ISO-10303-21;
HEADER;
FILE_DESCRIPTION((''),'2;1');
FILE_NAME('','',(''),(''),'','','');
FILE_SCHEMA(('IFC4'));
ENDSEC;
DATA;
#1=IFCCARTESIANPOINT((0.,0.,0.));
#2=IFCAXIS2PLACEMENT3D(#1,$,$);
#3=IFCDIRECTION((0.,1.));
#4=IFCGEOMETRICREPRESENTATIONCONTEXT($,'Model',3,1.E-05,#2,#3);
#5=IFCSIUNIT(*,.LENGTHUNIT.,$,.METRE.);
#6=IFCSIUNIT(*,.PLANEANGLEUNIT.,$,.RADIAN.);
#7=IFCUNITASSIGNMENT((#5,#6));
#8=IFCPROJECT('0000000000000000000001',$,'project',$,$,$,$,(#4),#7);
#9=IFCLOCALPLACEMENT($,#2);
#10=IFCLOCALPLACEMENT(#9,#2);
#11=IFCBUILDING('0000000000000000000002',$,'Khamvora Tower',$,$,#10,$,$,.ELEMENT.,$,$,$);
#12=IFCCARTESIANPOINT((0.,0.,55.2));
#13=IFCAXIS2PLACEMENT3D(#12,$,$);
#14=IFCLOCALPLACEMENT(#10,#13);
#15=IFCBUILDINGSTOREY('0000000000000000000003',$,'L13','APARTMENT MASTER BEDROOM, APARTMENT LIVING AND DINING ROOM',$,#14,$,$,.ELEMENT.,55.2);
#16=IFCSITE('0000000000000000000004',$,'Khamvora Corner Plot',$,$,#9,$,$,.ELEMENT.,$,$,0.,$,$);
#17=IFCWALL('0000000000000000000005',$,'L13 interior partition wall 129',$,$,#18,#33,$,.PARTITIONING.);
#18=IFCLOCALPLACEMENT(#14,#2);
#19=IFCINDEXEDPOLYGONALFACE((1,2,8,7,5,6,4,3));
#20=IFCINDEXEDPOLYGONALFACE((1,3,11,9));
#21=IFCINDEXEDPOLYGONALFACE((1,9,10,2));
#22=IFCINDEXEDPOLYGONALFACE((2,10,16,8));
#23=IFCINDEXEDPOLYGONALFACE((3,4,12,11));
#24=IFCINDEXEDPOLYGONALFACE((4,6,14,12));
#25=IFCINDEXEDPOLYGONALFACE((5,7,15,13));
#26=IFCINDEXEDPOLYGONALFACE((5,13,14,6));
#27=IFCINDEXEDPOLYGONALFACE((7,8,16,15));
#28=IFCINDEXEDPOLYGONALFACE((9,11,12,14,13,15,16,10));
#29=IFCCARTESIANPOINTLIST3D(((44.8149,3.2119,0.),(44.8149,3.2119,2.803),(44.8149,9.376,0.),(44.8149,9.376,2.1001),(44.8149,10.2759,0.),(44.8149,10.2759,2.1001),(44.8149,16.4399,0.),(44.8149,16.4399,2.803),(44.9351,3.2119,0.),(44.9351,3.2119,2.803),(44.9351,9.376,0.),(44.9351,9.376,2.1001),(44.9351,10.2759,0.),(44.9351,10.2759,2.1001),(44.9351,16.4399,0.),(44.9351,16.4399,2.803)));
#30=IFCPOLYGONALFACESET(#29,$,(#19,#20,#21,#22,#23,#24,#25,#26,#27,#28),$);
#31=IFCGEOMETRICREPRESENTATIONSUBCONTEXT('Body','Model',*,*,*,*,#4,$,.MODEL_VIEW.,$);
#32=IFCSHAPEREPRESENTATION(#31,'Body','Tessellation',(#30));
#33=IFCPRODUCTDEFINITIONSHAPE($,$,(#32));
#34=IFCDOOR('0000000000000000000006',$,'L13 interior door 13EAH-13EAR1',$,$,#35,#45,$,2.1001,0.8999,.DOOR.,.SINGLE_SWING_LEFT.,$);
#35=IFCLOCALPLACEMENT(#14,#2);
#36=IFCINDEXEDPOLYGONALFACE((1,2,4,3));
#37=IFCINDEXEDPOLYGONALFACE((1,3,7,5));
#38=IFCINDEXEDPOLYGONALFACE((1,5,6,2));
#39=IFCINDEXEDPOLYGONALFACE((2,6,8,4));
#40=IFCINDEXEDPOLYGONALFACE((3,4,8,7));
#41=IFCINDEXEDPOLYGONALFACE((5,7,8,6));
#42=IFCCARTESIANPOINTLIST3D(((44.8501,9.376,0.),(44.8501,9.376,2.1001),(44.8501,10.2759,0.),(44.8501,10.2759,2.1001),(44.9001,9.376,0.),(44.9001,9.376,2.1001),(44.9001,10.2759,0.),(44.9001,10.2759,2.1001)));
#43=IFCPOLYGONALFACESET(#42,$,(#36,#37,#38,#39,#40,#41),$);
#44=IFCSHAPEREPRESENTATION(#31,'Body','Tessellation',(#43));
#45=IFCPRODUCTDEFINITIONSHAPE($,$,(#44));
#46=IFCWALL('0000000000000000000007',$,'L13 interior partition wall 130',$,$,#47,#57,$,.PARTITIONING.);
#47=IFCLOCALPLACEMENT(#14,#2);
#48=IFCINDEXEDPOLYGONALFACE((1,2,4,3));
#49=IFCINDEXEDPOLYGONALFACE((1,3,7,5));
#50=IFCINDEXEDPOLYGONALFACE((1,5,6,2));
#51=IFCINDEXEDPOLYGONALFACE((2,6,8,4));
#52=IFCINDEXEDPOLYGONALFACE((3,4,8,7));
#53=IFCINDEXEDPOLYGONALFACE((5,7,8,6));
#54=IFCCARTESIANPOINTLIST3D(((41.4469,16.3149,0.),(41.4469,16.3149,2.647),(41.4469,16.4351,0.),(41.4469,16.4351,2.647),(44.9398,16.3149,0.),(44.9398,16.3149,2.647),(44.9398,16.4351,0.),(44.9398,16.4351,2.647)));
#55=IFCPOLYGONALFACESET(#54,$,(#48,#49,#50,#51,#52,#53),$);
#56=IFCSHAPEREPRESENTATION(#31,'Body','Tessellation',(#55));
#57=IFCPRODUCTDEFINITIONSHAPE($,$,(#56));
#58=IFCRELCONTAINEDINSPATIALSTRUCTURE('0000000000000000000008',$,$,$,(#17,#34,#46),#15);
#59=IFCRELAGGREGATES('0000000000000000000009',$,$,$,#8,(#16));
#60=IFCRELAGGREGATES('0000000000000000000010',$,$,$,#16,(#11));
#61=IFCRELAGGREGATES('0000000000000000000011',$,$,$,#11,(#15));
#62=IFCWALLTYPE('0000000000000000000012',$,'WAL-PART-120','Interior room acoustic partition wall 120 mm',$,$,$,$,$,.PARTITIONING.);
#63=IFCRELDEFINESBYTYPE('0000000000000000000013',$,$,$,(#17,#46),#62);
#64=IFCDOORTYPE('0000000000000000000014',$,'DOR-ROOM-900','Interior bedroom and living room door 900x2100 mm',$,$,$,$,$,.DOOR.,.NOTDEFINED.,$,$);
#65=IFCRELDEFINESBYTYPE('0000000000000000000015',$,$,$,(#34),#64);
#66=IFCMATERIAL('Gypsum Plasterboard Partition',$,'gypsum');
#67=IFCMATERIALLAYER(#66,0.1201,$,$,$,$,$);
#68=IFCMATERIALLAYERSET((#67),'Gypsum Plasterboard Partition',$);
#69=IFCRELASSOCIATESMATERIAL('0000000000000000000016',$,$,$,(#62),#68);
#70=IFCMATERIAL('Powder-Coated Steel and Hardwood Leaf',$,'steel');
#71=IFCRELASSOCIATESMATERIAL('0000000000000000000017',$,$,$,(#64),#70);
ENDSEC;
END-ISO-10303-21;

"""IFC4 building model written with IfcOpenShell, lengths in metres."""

from ifc_helpers import new_model, si_unit, direction, frame, frame_2d, origin, place, context, subcontext, project, spatial, rectangle, extrude, material, layer, layer_set, type_object, element, fill, save


model = new_model("IFC4")

# Units and contexts
model_context = context("Model", 3, precision=1e-05, world=origin(), true_north=direction((0.0, 1.0)))
body_context = subcontext(model_context, "Body", "Model", "MODEL_VIEW")
ifc_project = project(units=[si_unit("LENGTHUNIT", "METRE"), si_unit("PLANEANGLEUNIT", "RADIAN")], contexts=[model_context])

# Site, building, storey
site_placement = place(None, origin())
site = spatial("IfcSite", under=ifc_project, at=site_placement, Name="Khamvora Corner Plot", CompositionType="ELEMENT", RefElevation=0.0)
building_placement = place(site_placement, origin())
building = spatial("IfcBuilding", under=site, at=building_placement, Name="Khamvora Tower", CompositionType="ELEMENT")
storey_placement = place(building_placement, frame((0.0, 0.0, 55.2)))
storey = spatial("IfcBuildingStorey", under=building, at=storey_placement, Name="L13", Description="APARTMENT MASTER BEDROOM, APARTMENT LIVING AND DINING ROOM", CompositionType="ELEMENT", Elevation=55.2)

# Wall, opening, door
ifc_material_1 = material(Name="Gypsum Plasterboard Partition", Category="gypsum")
ifc_layer_1 = layer(ifc_material_1, 0.1201)
ifc_layer_set_1 = layer_set([ifc_layer_1], Name="Gypsum Plasterboard Partition")
wall_type_1 = type_object("IfcWallType", Name="WAL-PART-120", Description="Interior room acoustic partition wall 120 mm", PredefinedType="PARTITIONING", material=ifc_layer_set_1)
wall_1_placement = place(storey_placement, frame((44.875, 3.2119, 0.0), z_axis=(0.0, 0.0, 1.0), x_axis=(0.0, 1.0, 0.0)))
wall_1 = element("IfcWall", 1, at=wall_1_placement, inside=storey, type_object=wall_type_1, Name="L13 interior partition wall 129", PredefinedType="PARTITIONING", context=body_context, shape_type="SweptSolid", body=[
    extrude(rectangle(XDim=13.228, YDim=0.1201, at=frame_2d((6.614, 0.0))), origin(), (0.0, 0.0, 1.0), 2.803),
])
opening_1_placement = place(wall_1_placement, frame((6.1641, 0.0, 0.0)))
opening_1 = element("IfcOpeningElement", 2, at=opening_1_placement, cuts=wall_1, PredefinedType="OPENING", context=body_context, shape_type="SweptSolid", body=[
    extrude(rectangle(XDim=0.8999, YDim=2.1001, at=frame_2d((0.45, 1.05))), frame((0.0, 0.0701, 0.0), z_axis=(0.0, -1.0, 0.0), x_axis=(1.0, 0.0, 0.0)), (0.0, 0.0, 1.0), 0.1401),
])
ifc_material_2 = material(Name="Powder-Coated Steel and Hardwood Leaf", Category="steel")
door_type = type_object("IfcDoorType", Name="DOR-ROOM-900", Description="Interior bedroom and living room door 900x2100 mm", OperationType="NOTDEFINED", PredefinedType="DOOR", material=ifc_material_2)
door_placement = place(opening_1_placement, origin())
door = element("IfcDoor", 3, at=door_placement, inside=storey, type_object=door_type, Name="L13 interior door 13EAH-13EAR1", OperationType="SINGLE_SWING_LEFT", OverallHeight=2.1001, OverallWidth=0.8999, PredefinedType="DOOR", context=body_context, shape_type="SweptSolid", body=[
    extrude(rectangle(XDim=0.8999, YDim=2.1001, at=frame_2d((0.45, 1.05))), frame((0.0, 0.0249, 0.0), z_axis=(0.0, -1.0, 0.0), x_axis=(1.0, 0.0, 0.0)), (0.0, 0.0, 1.0), 0.05),
])
fill(opening_1, door)

# Wall
wall_2_placement = place(storey_placement, frame((44.9399, 16.375, 0.0), z_axis=(0.0, 0.0, 1.0), x_axis=(-1.0, 0.0, 0.0)))
element("IfcWall", 4, at=wall_2_placement, inside=storey, type_object=wall_type_1, Name="L13 interior partition wall 130", PredefinedType="PARTITIONING", context=body_context, shape_type="SweptSolid", body=[
    extrude(rectangle(XDim=3.4929, YDim=0.1201, at=frame_2d((1.7466, 0.0))), origin(), (0.0, 0.0, 1.0), 2.647),
])

save(model, "model.ifc")
